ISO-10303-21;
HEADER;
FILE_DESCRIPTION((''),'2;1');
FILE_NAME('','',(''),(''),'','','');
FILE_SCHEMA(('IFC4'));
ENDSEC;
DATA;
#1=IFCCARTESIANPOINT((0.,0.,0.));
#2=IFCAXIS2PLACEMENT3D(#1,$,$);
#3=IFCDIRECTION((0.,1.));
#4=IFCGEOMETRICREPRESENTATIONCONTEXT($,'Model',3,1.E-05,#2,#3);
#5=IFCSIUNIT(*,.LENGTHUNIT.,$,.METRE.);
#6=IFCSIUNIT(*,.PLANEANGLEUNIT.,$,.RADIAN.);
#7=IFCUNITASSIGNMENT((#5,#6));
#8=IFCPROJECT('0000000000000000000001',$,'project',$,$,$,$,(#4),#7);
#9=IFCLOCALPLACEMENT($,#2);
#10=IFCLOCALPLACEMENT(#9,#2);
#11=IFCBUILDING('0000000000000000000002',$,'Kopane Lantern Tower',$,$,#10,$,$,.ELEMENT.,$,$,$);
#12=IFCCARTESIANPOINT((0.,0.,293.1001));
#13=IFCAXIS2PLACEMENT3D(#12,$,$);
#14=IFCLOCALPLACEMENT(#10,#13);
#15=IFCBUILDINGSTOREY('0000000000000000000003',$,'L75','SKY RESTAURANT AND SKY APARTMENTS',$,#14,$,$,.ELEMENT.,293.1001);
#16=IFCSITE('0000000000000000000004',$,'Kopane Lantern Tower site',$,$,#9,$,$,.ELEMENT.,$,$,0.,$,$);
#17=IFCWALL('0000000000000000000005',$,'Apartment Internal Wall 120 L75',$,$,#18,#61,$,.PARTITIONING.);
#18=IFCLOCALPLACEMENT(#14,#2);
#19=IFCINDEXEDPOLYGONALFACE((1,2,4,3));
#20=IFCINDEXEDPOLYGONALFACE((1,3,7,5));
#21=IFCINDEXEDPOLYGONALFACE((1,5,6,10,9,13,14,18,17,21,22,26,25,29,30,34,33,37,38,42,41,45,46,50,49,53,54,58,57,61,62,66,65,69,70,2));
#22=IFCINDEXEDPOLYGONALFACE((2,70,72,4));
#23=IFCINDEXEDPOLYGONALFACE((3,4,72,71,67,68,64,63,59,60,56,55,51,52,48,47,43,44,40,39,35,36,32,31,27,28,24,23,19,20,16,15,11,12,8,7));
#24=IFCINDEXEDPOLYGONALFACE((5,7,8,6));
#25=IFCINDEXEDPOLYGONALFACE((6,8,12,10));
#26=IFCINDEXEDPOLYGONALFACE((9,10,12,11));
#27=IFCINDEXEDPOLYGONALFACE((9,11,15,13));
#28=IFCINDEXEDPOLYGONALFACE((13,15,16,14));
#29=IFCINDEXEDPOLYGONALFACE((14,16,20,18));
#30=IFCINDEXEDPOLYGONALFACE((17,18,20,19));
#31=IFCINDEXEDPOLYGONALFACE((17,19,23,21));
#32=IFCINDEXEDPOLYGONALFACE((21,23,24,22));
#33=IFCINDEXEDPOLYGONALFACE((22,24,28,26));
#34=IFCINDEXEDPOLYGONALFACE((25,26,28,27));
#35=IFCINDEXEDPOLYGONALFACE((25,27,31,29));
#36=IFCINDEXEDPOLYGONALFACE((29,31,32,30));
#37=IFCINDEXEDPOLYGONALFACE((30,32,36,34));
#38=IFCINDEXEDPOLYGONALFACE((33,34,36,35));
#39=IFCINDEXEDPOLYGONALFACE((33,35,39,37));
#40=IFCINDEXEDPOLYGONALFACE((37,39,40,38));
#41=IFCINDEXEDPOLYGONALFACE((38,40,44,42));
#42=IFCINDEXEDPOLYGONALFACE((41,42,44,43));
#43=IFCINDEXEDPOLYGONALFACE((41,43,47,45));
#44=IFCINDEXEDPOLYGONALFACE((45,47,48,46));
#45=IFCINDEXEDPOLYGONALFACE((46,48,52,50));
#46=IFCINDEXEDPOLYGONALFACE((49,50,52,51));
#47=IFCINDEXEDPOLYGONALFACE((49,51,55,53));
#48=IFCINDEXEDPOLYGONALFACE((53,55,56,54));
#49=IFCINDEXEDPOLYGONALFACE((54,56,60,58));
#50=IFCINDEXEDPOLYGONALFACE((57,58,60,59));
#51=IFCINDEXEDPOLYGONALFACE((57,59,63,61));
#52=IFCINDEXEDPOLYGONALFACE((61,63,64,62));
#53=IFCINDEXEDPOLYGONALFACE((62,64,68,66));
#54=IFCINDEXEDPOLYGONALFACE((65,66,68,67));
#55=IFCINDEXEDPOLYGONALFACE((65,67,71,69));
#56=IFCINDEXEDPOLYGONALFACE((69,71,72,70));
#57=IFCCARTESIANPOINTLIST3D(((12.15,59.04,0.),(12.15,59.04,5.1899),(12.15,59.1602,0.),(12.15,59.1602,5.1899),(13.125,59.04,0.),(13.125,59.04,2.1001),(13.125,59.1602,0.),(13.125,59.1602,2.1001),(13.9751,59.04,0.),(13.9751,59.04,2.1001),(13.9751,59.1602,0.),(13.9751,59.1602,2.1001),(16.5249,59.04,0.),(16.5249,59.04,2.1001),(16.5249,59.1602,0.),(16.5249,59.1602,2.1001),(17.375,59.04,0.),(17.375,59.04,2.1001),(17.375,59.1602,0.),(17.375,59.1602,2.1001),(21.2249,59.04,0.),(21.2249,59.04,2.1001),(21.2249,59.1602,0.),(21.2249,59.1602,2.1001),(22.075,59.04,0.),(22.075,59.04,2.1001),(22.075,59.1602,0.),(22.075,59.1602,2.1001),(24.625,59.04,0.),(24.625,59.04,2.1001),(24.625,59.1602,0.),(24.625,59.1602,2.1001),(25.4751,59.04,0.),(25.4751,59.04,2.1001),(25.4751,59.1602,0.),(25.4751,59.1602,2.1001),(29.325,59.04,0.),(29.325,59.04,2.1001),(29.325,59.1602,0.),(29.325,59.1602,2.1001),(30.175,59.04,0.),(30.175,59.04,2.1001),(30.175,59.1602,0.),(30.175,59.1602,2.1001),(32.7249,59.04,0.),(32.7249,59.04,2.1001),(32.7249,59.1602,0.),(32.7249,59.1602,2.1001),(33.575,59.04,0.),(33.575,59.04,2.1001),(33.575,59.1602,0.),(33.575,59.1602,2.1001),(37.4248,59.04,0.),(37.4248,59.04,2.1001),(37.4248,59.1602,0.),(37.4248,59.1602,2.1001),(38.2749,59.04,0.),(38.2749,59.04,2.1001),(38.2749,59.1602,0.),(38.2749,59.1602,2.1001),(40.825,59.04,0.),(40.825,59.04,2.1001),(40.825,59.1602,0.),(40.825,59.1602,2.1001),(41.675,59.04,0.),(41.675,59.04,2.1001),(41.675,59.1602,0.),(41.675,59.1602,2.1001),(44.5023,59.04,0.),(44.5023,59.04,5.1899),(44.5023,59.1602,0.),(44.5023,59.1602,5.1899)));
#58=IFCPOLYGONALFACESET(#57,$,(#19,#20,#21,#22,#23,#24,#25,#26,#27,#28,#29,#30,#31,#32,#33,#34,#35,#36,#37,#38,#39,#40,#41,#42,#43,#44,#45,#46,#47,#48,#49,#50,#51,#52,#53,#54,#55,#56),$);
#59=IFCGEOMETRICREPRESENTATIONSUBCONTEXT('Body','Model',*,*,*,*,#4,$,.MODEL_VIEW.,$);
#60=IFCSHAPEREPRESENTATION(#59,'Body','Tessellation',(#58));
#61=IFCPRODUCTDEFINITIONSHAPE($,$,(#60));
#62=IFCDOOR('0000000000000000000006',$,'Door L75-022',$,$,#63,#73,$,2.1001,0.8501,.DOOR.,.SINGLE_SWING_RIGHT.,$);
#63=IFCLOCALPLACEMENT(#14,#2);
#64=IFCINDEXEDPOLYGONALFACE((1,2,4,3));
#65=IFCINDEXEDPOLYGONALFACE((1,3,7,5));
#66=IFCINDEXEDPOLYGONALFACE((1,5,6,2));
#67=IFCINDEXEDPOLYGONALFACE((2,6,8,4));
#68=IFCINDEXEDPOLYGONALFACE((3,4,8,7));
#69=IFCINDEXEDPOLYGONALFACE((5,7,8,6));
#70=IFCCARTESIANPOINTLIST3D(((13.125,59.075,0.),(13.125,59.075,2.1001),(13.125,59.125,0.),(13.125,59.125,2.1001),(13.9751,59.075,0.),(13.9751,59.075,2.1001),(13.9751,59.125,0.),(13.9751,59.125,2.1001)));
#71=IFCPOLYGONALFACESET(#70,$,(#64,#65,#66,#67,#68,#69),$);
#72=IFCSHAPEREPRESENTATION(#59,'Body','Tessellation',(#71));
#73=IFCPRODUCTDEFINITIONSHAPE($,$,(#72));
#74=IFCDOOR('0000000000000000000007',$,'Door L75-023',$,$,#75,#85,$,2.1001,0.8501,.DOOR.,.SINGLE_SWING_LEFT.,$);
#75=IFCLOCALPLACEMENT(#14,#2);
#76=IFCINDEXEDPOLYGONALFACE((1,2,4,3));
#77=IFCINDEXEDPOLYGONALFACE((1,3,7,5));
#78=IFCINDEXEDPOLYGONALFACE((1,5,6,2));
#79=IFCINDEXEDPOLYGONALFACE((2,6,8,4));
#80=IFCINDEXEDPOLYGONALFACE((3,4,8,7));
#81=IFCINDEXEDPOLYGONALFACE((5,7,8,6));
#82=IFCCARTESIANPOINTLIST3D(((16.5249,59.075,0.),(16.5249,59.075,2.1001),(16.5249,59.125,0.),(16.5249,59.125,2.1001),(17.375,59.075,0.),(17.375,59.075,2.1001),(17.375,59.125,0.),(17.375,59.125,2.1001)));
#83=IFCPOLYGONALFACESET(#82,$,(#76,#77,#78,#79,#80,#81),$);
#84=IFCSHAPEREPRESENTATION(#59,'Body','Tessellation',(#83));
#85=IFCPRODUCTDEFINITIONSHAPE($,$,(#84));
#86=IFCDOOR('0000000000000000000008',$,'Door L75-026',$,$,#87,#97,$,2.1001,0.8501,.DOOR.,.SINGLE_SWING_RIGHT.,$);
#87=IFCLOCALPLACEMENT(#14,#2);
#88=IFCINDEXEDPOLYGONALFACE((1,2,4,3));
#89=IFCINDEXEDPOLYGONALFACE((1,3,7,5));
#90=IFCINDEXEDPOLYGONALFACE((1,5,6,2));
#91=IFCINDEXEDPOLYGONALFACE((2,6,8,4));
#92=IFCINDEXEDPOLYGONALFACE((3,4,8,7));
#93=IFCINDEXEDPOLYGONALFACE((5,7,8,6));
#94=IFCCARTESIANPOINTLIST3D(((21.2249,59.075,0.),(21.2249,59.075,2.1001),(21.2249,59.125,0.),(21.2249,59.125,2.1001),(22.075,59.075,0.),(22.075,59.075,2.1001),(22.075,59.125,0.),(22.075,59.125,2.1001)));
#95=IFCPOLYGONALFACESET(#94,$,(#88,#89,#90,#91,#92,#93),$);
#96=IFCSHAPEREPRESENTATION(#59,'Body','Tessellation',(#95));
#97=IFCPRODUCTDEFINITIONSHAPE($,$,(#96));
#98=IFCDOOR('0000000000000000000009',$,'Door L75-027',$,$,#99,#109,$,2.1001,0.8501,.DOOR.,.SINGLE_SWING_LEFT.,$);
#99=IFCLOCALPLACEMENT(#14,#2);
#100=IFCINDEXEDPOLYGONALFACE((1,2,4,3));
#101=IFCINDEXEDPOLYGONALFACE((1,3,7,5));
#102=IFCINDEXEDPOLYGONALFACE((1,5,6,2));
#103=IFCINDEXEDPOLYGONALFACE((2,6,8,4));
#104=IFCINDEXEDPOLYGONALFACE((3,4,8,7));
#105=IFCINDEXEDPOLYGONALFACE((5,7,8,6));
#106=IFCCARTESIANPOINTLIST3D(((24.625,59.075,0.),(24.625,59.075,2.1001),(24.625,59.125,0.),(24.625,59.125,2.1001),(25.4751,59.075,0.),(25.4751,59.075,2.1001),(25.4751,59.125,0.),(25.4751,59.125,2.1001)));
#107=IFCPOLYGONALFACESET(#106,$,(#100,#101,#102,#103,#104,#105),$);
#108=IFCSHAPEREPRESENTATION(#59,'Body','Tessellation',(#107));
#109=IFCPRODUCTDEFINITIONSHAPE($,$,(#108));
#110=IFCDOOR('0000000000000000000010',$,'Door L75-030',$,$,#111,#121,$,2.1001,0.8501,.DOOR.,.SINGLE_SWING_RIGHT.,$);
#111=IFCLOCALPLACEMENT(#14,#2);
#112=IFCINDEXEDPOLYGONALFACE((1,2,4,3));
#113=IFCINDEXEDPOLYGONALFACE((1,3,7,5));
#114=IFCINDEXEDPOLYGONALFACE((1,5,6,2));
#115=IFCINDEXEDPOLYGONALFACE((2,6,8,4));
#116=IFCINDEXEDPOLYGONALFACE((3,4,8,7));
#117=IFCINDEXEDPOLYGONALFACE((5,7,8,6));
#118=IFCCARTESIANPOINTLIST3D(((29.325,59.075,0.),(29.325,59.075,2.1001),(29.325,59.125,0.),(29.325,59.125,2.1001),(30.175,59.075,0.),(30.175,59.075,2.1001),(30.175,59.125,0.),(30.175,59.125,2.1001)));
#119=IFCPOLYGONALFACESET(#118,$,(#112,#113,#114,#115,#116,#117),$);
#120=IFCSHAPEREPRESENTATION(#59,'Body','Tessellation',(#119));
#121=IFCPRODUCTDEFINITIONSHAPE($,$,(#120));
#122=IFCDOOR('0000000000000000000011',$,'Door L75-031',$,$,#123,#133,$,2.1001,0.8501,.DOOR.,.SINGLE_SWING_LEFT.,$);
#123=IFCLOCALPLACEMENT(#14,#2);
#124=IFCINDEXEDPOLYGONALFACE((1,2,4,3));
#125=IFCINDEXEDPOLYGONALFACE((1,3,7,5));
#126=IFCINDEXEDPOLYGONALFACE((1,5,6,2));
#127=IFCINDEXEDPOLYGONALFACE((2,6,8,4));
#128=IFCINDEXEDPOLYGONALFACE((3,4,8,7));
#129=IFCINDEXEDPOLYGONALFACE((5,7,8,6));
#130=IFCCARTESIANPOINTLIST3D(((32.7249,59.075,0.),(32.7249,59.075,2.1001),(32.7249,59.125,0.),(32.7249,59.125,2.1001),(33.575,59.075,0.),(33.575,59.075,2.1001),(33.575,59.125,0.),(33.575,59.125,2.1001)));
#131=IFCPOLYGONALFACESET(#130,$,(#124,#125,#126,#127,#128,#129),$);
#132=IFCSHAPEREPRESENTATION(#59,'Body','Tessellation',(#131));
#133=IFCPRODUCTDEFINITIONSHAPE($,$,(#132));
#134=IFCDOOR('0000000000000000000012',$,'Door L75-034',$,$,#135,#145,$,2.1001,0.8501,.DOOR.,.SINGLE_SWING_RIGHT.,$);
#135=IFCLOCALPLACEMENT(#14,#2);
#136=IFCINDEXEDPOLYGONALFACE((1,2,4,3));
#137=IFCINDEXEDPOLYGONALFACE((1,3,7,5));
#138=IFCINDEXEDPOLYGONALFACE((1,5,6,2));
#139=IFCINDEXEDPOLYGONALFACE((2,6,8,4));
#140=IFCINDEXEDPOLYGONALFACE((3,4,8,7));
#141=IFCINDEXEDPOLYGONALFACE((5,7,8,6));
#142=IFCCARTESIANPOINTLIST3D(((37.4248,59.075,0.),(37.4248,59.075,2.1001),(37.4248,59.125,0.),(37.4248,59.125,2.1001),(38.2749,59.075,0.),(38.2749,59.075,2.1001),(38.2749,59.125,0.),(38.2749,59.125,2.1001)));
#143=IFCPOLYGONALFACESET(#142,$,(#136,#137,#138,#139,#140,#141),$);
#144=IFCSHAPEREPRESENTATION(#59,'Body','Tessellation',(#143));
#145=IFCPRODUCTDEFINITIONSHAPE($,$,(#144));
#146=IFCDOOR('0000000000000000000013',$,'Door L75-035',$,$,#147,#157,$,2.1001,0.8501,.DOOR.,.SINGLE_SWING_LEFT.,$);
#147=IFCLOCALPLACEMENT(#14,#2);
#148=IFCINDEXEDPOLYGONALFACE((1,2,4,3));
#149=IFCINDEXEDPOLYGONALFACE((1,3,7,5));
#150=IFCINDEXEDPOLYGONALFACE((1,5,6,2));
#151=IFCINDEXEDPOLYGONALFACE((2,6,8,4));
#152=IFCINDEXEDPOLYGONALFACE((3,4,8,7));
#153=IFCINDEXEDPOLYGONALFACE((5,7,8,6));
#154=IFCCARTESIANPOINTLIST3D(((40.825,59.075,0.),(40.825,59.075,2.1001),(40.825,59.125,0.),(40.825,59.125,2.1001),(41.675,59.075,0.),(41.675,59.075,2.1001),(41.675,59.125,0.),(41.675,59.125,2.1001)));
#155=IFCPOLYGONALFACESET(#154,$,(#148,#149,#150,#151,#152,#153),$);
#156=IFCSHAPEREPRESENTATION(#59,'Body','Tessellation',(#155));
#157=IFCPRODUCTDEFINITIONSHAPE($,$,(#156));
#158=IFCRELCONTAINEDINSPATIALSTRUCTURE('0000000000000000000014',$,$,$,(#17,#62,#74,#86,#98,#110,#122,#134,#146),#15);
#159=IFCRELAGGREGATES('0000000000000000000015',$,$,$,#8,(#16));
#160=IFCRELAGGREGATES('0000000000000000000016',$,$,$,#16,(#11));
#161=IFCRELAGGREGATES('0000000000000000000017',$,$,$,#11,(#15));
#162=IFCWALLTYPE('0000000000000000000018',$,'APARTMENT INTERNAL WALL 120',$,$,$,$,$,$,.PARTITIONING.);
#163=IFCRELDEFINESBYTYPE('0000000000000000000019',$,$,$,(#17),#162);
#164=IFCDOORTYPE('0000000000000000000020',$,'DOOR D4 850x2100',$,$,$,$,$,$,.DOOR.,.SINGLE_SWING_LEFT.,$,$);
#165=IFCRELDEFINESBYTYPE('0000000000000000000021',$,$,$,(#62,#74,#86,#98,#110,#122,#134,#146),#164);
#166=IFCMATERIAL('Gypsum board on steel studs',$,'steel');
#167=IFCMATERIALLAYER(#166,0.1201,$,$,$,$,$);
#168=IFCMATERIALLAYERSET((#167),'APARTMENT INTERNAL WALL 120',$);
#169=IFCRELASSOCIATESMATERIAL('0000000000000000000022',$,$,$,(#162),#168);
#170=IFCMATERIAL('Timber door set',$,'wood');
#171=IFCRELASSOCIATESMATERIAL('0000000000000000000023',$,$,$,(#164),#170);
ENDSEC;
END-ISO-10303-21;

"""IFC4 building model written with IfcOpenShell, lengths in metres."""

from ifc_helpers import new_model, si_unit, direction, frame, frame_2d, origin, place, context, subcontext, project, spatial, rectangle, extrude, material, layer, layer_set, type_object, element, fill, save


model = new_model("IFC4")

# Units and contexts
model_context = context("Model", 3, precision=1e-05, world=origin(), true_north=direction((0.0, 1.0)))
body_context = subcontext(model_context, "Body", "Model", "MODEL_VIEW")
ifc_project = project(units=[si_unit("LENGTHUNIT", "METRE"), si_unit("PLANEANGLEUNIT", "RADIAN")], contexts=[model_context])

# Site, building, storey
site_placement = place(None, origin())
site = spatial("IfcSite", under=ifc_project, at=site_placement, Name="Kopane Lantern Tower site", CompositionType="ELEMENT", RefElevation=0.0)
building_placement = place(site_placement, origin())
building = spatial("IfcBuilding", under=site, at=building_placement, Name="Kopane Lantern Tower", CompositionType="ELEMENT")
storey_placement = place(building_placement, frame((0.0, 0.0, 293.1001)))
storey = spatial("IfcBuildingStorey", under=building, at=storey_placement, Name="L75", Description="SKY RESTAURANT AND SKY APARTMENTS", CompositionType="ELEMENT", Elevation=293.1001)

# Wall, openings, doors
ifc_material_1 = material(Name="Gypsum board on steel studs", Category="steel")
ifc_layer_1 = layer(ifc_material_1, 0.1201)
ifc_layer_set_1 = layer_set([ifc_layer_1], Name="APARTMENT INTERNAL WALL 120")
wall_type_1 = type_object("IfcWallType", Name="APARTMENT INTERNAL WALL 120", PredefinedType="PARTITIONING", material=ifc_layer_set_1)
wall_1_placement = place(storey_placement, frame((12.1499, 59.1001, 0.0), z_axis=(0.0, 0.0, 1.0), x_axis=(1.0, 0.0, 0.0)))
wall_1 = element("IfcWall", 1, at=wall_1_placement, inside=storey, type_object=wall_type_1, Name="Apartment Internal Wall 120 L75", PredefinedType="PARTITIONING", context=body_context, shape_type="SweptSolid", body=[
    extrude(rectangle(XDim=32.3523, YDim=0.1201, at=frame_2d((16.1763, 0.0))), origin(), (0.0, 0.0, 1.0), 5.1899),
])
opening_1_placement = place(wall_1_placement, frame((0.9751, 0.0, 0.0)))
opening_1 = element("IfcOpeningElement", 2, at=opening_1_placement, cuts=wall_1, PredefinedType="OPENING", context=body_context, shape_type="SweptSolid", body=[
    extrude(rectangle(XDim=0.8501, YDim=2.1001, at=frame_2d((0.425, 1.05))), frame((0.0, 0.0701, 0.0), z_axis=(0.0, -1.0, 0.0), x_axis=(1.0, 0.0, 0.0)), (0.0, 0.0, 1.0), 0.1401),
])
opening_2_placement = place(wall_1_placement, frame((4.375, 0.0, 0.0)))
opening_2 = element("IfcOpeningElement", 3, at=opening_2_placement, cuts=wall_1, PredefinedType="OPENING", context=body_context, shape_type="SweptSolid", body=[
    extrude(rectangle(XDim=0.8501, YDim=2.1001, at=frame_2d((0.425, 1.05))), frame((0.0, 0.0701, 0.0), z_axis=(0.0, -1.0, 0.0), x_axis=(1.0, 0.0, 0.0)), (0.0, 0.0, 1.0), 0.1401),
])
opening_3_placement = place(wall_1_placement, frame((9.075, 0.0, 0.0)))
opening_3 = element("IfcOpeningElement", 4, at=opening_3_placement, cuts=wall_1, PredefinedType="OPENING", context=body_context, shape_type="SweptSolid", body=[
    extrude(rectangle(XDim=0.8501, YDim=2.1001, at=frame_2d((0.425, 1.05))), frame((0.0, 0.0701, 0.0), z_axis=(0.0, -1.0, 0.0), x_axis=(1.0, 0.0, 0.0)), (0.0, 0.0, 1.0), 0.1401),
])
opening_4_placement = place(wall_1_placement, frame((12.4751, 0.0, 0.0)))
opening_4 = element("IfcOpeningElement", 5, at=opening_4_placement, cuts=wall_1, PredefinedType="OPENING", context=body_context, shape_type="SweptSolid", body=[
    extrude(rectangle(XDim=0.8501, YDim=2.1001, at=frame_2d((0.425, 1.05))), frame((0.0, 0.0701, 0.0), z_axis=(0.0, -1.0, 0.0), x_axis=(1.0, 0.0, 0.0)), (0.0, 0.0, 1.0), 0.1401),
])
opening_5_placement = place(wall_1_placement, frame((17.175, 0.0, 0.0)))
opening_5 = element("IfcOpeningElement", 6, at=opening_5_placement, cuts=wall_1, PredefinedType="OPENING", context=body_context, shape_type="SweptSolid", body=[
    extrude(rectangle(XDim=0.8501, YDim=2.1001, at=frame_2d((0.425, 1.05))), frame((0.0, 0.0701, 0.0), z_axis=(0.0, -1.0, 0.0), x_axis=(1.0, 0.0, 0.0)), (0.0, 0.0, 1.0), 0.1401),
])
opening_6_placement = place(wall_1_placement, frame((20.575, 0.0, 0.0)))
opening_6 = element("IfcOpeningElement", 7, at=opening_6_placement, cuts=wall_1, PredefinedType="OPENING", context=body_context, shape_type="SweptSolid", body=[
    extrude(rectangle(XDim=0.8501, YDim=2.1001, at=frame_2d((0.425, 1.05))), frame((0.0, 0.0701, 0.0), z_axis=(0.0, -1.0, 0.0), x_axis=(1.0, 0.0, 0.0)), (0.0, 0.0, 1.0), 0.1401),
])
opening_7_placement = place(wall_1_placement, frame((25.2749, 0.0, 0.0)))
opening_7 = element("IfcOpeningElement", 8, at=opening_7_placement, cuts=wall_1, PredefinedType="OPENING", context=body_context, shape_type="SweptSolid", body=[
    extrude(rectangle(XDim=0.8501, YDim=2.1001, at=frame_2d((0.425, 1.05))), frame((0.0, 0.0701, 0.0), z_axis=(0.0, -1.0, 0.0), x_axis=(1.0, 0.0, 0.0)), (0.0, 0.0, 1.0), 0.1401),
])
opening_8_placement = place(wall_1_placement, frame((28.675, 0.0, 0.0)))
opening_8 = element("IfcOpeningElement", 9, at=opening_8_placement, cuts=wall_1, PredefinedType="OPENING", context=body_context, shape_type="SweptSolid", body=[
    extrude(rectangle(XDim=0.8501, YDim=2.1001, at=frame_2d((0.425, 1.05))), frame((0.0, 0.0701, 0.0), z_axis=(0.0, -1.0, 0.0), x_axis=(1.0, 0.0, 0.0)), (0.0, 0.0, 1.0), 0.1401),
])
ifc_material_2 = material(Name="Timber door set", Category="wood")
door_type_1 = type_object("IfcDoorType", Name="DOOR D4 850x2100", OperationType="SINGLE_SWING_LEFT", PredefinedType="DOOR", material=ifc_material_2)
door_1_placement = place(opening_1_placement, origin())
door_1 = element("IfcDoor", 10, at=door_1_placement, inside=storey, type_object=door_type_1, Name="Door L75-022", OperationType="SINGLE_SWING_RIGHT", OverallHeight=2.1001, OverallWidth=0.8501, PredefinedType="DOOR", context=body_context, shape_type="SweptSolid", body=[
    extrude(rectangle(XDim=0.8501, YDim=2.1001, at=frame_2d((0.425, 1.05))), frame((0.0, 0.0249, 0.0), z_axis=(0.0, -1.0, 0.0), x_axis=(1.0, 0.0, 0.0)), (0.0, 0.0, 1.0), 0.05),
])
fill(opening_1, door_1)
door_2_placement = place(opening_2_placement, origin())
door_2 = element("IfcDoor", 11, at=door_2_placement, inside=storey, type_object=door_type_1, Name="Door L75-023", OperationType="SINGLE_SWING_LEFT", OverallHeight=2.1001, OverallWidth=0.8501, PredefinedType="DOOR", context=body_context, shape_type="SweptSolid", body=[
    extrude(rectangle(XDim=0.8501, YDim=2.1001, at=frame_2d((0.425, 1.05))), frame((0.0, 0.0249, 0.0), z_axis=(0.0, -1.0, 0.0), x_axis=(1.0, 0.0, 0.0)), (0.0, 0.0, 1.0), 0.05),
])
fill(opening_2, door_2)
door_3_placement = place(opening_3_placement, origin())
door_3 = element("IfcDoor", 12, at=door_3_placement, inside=storey, type_object=door_type_1, Name="Door L75-026", OperationType="SINGLE_SWING_RIGHT", OverallHeight=2.1001, OverallWidth=0.8501, PredefinedType="DOOR", context=body_context, shape_type="SweptSolid", body=[
    extrude(rectangle(XDim=0.8501, YDim=2.1001, at=frame_2d((0.425, 1.05))), frame((0.0, 0.0249, 0.0), z_axis=(0.0, -1.0, 0.0), x_axis=(1.0, 0.0, 0.0)), (0.0, 0.0, 1.0), 0.05),
])
fill(opening_3, door_3)
door_4_placement = place(opening_4_placement, origin())
door_4 = element("IfcDoor", 13, at=door_4_placement, inside=storey, type_object=door_type_1, Name="Door L75-027", OperationType="SINGLE_SWING_LEFT", OverallHeight=2.1001, OverallWidth=0.8501, PredefinedType="DOOR", context=body_context, shape_type="SweptSolid", body=[
    extrude(rectangle(XDim=0.8501, YDim=2.1001, at=frame_2d((0.425, 1.05))), frame((0.0, 0.0249, 0.0), z_axis=(0.0, -1.0, 0.0), x_axis=(1.0, 0.0, 0.0)), (0.0, 0.0, 1.0), 0.05),
])
fill(opening_4, door_4)
door_5_placement = place(opening_5_placement, origin())
door_5 = element("IfcDoor", 14, at=door_5_placement, inside=storey, type_object=door_type_1, Name="Door L75-030", OperationType="SINGLE_SWING_RIGHT", OverallHeight=2.1001, OverallWidth=0.8501, PredefinedType="DOOR", context=body_context, shape_type="SweptSolid", body=[
    extrude(rectangle(XDim=0.8501, YDim=2.1001, at=frame_2d((0.425, 1.05))), frame((0.0, 0.0249, 0.0), z_axis=(0.0, -1.0, 0.0), x_axis=(1.0, 0.0, 0.0)), (0.0, 0.0, 1.0), 0.05),
])
fill(opening_5, door_5)
door_6_placement = place(opening_6_placement, origin())
door_6 = element("IfcDoor", 15, at=door_6_placement, inside=storey, type_object=door_type_1, Name="Door L75-031", OperationType="SINGLE_SWING_LEFT", OverallHeight=2.1001, OverallWidth=0.8501, PredefinedType="DOOR", context=body_context, shape_type="SweptSolid", body=[
    extrude(rectangle(XDim=0.8501, YDim=2.1001, at=frame_2d((0.425, 1.05))), frame((0.0, 0.0249, 0.0), z_axis=(0.0, -1.0, 0.0), x_axis=(1.0, 0.0, 0.0)), (0.0, 0.0, 1.0), 0.05),
])
fill(opening_6, door_6)
door_7_placement = place(opening_7_placement, origin())
door_7 = element("IfcDoor", 16, at=door_7_placement, inside=storey, type_object=door_type_1, Name="Door L75-034", OperationType="SINGLE_SWING_RIGHT", OverallHeight=2.1001, OverallWidth=0.8501, PredefinedType="DOOR", context=body_context, shape_type="SweptSolid", body=[
    extrude(rectangle(XDim=0.8501, YDim=2.1001, at=frame_2d((0.425, 1.05))), frame((0.0, 0.0249, 0.0), z_axis=(0.0, -1.0, 0.0), x_axis=(1.0, 0.0, 0.0)), (0.0, 0.0, 1.0), 0.05),
])
fill(opening_7, door_7)
door_8_placement = place(opening_8_placement, origin())
door_8 = element("IfcDoor", 17, at=door_8_placement, inside=storey, type_object=door_type_1, Name="Door L75-035", OperationType="SINGLE_SWING_LEFT", OverallHeight=2.1001, OverallWidth=0.8501, PredefinedType="DOOR", context=body_context, shape_type="SweptSolid", body=[
    extrude(rectangle(XDim=0.8501, YDim=2.1001, at=frame_2d((0.425, 1.05))), frame((0.0, 0.0249, 0.0), z_axis=(0.0, -1.0, 0.0), x_axis=(1.0, 0.0, 0.0)), (0.0, 0.0, 1.0), 0.05),
])
fill(opening_8, door_8)

save(model, "model.ifc")
